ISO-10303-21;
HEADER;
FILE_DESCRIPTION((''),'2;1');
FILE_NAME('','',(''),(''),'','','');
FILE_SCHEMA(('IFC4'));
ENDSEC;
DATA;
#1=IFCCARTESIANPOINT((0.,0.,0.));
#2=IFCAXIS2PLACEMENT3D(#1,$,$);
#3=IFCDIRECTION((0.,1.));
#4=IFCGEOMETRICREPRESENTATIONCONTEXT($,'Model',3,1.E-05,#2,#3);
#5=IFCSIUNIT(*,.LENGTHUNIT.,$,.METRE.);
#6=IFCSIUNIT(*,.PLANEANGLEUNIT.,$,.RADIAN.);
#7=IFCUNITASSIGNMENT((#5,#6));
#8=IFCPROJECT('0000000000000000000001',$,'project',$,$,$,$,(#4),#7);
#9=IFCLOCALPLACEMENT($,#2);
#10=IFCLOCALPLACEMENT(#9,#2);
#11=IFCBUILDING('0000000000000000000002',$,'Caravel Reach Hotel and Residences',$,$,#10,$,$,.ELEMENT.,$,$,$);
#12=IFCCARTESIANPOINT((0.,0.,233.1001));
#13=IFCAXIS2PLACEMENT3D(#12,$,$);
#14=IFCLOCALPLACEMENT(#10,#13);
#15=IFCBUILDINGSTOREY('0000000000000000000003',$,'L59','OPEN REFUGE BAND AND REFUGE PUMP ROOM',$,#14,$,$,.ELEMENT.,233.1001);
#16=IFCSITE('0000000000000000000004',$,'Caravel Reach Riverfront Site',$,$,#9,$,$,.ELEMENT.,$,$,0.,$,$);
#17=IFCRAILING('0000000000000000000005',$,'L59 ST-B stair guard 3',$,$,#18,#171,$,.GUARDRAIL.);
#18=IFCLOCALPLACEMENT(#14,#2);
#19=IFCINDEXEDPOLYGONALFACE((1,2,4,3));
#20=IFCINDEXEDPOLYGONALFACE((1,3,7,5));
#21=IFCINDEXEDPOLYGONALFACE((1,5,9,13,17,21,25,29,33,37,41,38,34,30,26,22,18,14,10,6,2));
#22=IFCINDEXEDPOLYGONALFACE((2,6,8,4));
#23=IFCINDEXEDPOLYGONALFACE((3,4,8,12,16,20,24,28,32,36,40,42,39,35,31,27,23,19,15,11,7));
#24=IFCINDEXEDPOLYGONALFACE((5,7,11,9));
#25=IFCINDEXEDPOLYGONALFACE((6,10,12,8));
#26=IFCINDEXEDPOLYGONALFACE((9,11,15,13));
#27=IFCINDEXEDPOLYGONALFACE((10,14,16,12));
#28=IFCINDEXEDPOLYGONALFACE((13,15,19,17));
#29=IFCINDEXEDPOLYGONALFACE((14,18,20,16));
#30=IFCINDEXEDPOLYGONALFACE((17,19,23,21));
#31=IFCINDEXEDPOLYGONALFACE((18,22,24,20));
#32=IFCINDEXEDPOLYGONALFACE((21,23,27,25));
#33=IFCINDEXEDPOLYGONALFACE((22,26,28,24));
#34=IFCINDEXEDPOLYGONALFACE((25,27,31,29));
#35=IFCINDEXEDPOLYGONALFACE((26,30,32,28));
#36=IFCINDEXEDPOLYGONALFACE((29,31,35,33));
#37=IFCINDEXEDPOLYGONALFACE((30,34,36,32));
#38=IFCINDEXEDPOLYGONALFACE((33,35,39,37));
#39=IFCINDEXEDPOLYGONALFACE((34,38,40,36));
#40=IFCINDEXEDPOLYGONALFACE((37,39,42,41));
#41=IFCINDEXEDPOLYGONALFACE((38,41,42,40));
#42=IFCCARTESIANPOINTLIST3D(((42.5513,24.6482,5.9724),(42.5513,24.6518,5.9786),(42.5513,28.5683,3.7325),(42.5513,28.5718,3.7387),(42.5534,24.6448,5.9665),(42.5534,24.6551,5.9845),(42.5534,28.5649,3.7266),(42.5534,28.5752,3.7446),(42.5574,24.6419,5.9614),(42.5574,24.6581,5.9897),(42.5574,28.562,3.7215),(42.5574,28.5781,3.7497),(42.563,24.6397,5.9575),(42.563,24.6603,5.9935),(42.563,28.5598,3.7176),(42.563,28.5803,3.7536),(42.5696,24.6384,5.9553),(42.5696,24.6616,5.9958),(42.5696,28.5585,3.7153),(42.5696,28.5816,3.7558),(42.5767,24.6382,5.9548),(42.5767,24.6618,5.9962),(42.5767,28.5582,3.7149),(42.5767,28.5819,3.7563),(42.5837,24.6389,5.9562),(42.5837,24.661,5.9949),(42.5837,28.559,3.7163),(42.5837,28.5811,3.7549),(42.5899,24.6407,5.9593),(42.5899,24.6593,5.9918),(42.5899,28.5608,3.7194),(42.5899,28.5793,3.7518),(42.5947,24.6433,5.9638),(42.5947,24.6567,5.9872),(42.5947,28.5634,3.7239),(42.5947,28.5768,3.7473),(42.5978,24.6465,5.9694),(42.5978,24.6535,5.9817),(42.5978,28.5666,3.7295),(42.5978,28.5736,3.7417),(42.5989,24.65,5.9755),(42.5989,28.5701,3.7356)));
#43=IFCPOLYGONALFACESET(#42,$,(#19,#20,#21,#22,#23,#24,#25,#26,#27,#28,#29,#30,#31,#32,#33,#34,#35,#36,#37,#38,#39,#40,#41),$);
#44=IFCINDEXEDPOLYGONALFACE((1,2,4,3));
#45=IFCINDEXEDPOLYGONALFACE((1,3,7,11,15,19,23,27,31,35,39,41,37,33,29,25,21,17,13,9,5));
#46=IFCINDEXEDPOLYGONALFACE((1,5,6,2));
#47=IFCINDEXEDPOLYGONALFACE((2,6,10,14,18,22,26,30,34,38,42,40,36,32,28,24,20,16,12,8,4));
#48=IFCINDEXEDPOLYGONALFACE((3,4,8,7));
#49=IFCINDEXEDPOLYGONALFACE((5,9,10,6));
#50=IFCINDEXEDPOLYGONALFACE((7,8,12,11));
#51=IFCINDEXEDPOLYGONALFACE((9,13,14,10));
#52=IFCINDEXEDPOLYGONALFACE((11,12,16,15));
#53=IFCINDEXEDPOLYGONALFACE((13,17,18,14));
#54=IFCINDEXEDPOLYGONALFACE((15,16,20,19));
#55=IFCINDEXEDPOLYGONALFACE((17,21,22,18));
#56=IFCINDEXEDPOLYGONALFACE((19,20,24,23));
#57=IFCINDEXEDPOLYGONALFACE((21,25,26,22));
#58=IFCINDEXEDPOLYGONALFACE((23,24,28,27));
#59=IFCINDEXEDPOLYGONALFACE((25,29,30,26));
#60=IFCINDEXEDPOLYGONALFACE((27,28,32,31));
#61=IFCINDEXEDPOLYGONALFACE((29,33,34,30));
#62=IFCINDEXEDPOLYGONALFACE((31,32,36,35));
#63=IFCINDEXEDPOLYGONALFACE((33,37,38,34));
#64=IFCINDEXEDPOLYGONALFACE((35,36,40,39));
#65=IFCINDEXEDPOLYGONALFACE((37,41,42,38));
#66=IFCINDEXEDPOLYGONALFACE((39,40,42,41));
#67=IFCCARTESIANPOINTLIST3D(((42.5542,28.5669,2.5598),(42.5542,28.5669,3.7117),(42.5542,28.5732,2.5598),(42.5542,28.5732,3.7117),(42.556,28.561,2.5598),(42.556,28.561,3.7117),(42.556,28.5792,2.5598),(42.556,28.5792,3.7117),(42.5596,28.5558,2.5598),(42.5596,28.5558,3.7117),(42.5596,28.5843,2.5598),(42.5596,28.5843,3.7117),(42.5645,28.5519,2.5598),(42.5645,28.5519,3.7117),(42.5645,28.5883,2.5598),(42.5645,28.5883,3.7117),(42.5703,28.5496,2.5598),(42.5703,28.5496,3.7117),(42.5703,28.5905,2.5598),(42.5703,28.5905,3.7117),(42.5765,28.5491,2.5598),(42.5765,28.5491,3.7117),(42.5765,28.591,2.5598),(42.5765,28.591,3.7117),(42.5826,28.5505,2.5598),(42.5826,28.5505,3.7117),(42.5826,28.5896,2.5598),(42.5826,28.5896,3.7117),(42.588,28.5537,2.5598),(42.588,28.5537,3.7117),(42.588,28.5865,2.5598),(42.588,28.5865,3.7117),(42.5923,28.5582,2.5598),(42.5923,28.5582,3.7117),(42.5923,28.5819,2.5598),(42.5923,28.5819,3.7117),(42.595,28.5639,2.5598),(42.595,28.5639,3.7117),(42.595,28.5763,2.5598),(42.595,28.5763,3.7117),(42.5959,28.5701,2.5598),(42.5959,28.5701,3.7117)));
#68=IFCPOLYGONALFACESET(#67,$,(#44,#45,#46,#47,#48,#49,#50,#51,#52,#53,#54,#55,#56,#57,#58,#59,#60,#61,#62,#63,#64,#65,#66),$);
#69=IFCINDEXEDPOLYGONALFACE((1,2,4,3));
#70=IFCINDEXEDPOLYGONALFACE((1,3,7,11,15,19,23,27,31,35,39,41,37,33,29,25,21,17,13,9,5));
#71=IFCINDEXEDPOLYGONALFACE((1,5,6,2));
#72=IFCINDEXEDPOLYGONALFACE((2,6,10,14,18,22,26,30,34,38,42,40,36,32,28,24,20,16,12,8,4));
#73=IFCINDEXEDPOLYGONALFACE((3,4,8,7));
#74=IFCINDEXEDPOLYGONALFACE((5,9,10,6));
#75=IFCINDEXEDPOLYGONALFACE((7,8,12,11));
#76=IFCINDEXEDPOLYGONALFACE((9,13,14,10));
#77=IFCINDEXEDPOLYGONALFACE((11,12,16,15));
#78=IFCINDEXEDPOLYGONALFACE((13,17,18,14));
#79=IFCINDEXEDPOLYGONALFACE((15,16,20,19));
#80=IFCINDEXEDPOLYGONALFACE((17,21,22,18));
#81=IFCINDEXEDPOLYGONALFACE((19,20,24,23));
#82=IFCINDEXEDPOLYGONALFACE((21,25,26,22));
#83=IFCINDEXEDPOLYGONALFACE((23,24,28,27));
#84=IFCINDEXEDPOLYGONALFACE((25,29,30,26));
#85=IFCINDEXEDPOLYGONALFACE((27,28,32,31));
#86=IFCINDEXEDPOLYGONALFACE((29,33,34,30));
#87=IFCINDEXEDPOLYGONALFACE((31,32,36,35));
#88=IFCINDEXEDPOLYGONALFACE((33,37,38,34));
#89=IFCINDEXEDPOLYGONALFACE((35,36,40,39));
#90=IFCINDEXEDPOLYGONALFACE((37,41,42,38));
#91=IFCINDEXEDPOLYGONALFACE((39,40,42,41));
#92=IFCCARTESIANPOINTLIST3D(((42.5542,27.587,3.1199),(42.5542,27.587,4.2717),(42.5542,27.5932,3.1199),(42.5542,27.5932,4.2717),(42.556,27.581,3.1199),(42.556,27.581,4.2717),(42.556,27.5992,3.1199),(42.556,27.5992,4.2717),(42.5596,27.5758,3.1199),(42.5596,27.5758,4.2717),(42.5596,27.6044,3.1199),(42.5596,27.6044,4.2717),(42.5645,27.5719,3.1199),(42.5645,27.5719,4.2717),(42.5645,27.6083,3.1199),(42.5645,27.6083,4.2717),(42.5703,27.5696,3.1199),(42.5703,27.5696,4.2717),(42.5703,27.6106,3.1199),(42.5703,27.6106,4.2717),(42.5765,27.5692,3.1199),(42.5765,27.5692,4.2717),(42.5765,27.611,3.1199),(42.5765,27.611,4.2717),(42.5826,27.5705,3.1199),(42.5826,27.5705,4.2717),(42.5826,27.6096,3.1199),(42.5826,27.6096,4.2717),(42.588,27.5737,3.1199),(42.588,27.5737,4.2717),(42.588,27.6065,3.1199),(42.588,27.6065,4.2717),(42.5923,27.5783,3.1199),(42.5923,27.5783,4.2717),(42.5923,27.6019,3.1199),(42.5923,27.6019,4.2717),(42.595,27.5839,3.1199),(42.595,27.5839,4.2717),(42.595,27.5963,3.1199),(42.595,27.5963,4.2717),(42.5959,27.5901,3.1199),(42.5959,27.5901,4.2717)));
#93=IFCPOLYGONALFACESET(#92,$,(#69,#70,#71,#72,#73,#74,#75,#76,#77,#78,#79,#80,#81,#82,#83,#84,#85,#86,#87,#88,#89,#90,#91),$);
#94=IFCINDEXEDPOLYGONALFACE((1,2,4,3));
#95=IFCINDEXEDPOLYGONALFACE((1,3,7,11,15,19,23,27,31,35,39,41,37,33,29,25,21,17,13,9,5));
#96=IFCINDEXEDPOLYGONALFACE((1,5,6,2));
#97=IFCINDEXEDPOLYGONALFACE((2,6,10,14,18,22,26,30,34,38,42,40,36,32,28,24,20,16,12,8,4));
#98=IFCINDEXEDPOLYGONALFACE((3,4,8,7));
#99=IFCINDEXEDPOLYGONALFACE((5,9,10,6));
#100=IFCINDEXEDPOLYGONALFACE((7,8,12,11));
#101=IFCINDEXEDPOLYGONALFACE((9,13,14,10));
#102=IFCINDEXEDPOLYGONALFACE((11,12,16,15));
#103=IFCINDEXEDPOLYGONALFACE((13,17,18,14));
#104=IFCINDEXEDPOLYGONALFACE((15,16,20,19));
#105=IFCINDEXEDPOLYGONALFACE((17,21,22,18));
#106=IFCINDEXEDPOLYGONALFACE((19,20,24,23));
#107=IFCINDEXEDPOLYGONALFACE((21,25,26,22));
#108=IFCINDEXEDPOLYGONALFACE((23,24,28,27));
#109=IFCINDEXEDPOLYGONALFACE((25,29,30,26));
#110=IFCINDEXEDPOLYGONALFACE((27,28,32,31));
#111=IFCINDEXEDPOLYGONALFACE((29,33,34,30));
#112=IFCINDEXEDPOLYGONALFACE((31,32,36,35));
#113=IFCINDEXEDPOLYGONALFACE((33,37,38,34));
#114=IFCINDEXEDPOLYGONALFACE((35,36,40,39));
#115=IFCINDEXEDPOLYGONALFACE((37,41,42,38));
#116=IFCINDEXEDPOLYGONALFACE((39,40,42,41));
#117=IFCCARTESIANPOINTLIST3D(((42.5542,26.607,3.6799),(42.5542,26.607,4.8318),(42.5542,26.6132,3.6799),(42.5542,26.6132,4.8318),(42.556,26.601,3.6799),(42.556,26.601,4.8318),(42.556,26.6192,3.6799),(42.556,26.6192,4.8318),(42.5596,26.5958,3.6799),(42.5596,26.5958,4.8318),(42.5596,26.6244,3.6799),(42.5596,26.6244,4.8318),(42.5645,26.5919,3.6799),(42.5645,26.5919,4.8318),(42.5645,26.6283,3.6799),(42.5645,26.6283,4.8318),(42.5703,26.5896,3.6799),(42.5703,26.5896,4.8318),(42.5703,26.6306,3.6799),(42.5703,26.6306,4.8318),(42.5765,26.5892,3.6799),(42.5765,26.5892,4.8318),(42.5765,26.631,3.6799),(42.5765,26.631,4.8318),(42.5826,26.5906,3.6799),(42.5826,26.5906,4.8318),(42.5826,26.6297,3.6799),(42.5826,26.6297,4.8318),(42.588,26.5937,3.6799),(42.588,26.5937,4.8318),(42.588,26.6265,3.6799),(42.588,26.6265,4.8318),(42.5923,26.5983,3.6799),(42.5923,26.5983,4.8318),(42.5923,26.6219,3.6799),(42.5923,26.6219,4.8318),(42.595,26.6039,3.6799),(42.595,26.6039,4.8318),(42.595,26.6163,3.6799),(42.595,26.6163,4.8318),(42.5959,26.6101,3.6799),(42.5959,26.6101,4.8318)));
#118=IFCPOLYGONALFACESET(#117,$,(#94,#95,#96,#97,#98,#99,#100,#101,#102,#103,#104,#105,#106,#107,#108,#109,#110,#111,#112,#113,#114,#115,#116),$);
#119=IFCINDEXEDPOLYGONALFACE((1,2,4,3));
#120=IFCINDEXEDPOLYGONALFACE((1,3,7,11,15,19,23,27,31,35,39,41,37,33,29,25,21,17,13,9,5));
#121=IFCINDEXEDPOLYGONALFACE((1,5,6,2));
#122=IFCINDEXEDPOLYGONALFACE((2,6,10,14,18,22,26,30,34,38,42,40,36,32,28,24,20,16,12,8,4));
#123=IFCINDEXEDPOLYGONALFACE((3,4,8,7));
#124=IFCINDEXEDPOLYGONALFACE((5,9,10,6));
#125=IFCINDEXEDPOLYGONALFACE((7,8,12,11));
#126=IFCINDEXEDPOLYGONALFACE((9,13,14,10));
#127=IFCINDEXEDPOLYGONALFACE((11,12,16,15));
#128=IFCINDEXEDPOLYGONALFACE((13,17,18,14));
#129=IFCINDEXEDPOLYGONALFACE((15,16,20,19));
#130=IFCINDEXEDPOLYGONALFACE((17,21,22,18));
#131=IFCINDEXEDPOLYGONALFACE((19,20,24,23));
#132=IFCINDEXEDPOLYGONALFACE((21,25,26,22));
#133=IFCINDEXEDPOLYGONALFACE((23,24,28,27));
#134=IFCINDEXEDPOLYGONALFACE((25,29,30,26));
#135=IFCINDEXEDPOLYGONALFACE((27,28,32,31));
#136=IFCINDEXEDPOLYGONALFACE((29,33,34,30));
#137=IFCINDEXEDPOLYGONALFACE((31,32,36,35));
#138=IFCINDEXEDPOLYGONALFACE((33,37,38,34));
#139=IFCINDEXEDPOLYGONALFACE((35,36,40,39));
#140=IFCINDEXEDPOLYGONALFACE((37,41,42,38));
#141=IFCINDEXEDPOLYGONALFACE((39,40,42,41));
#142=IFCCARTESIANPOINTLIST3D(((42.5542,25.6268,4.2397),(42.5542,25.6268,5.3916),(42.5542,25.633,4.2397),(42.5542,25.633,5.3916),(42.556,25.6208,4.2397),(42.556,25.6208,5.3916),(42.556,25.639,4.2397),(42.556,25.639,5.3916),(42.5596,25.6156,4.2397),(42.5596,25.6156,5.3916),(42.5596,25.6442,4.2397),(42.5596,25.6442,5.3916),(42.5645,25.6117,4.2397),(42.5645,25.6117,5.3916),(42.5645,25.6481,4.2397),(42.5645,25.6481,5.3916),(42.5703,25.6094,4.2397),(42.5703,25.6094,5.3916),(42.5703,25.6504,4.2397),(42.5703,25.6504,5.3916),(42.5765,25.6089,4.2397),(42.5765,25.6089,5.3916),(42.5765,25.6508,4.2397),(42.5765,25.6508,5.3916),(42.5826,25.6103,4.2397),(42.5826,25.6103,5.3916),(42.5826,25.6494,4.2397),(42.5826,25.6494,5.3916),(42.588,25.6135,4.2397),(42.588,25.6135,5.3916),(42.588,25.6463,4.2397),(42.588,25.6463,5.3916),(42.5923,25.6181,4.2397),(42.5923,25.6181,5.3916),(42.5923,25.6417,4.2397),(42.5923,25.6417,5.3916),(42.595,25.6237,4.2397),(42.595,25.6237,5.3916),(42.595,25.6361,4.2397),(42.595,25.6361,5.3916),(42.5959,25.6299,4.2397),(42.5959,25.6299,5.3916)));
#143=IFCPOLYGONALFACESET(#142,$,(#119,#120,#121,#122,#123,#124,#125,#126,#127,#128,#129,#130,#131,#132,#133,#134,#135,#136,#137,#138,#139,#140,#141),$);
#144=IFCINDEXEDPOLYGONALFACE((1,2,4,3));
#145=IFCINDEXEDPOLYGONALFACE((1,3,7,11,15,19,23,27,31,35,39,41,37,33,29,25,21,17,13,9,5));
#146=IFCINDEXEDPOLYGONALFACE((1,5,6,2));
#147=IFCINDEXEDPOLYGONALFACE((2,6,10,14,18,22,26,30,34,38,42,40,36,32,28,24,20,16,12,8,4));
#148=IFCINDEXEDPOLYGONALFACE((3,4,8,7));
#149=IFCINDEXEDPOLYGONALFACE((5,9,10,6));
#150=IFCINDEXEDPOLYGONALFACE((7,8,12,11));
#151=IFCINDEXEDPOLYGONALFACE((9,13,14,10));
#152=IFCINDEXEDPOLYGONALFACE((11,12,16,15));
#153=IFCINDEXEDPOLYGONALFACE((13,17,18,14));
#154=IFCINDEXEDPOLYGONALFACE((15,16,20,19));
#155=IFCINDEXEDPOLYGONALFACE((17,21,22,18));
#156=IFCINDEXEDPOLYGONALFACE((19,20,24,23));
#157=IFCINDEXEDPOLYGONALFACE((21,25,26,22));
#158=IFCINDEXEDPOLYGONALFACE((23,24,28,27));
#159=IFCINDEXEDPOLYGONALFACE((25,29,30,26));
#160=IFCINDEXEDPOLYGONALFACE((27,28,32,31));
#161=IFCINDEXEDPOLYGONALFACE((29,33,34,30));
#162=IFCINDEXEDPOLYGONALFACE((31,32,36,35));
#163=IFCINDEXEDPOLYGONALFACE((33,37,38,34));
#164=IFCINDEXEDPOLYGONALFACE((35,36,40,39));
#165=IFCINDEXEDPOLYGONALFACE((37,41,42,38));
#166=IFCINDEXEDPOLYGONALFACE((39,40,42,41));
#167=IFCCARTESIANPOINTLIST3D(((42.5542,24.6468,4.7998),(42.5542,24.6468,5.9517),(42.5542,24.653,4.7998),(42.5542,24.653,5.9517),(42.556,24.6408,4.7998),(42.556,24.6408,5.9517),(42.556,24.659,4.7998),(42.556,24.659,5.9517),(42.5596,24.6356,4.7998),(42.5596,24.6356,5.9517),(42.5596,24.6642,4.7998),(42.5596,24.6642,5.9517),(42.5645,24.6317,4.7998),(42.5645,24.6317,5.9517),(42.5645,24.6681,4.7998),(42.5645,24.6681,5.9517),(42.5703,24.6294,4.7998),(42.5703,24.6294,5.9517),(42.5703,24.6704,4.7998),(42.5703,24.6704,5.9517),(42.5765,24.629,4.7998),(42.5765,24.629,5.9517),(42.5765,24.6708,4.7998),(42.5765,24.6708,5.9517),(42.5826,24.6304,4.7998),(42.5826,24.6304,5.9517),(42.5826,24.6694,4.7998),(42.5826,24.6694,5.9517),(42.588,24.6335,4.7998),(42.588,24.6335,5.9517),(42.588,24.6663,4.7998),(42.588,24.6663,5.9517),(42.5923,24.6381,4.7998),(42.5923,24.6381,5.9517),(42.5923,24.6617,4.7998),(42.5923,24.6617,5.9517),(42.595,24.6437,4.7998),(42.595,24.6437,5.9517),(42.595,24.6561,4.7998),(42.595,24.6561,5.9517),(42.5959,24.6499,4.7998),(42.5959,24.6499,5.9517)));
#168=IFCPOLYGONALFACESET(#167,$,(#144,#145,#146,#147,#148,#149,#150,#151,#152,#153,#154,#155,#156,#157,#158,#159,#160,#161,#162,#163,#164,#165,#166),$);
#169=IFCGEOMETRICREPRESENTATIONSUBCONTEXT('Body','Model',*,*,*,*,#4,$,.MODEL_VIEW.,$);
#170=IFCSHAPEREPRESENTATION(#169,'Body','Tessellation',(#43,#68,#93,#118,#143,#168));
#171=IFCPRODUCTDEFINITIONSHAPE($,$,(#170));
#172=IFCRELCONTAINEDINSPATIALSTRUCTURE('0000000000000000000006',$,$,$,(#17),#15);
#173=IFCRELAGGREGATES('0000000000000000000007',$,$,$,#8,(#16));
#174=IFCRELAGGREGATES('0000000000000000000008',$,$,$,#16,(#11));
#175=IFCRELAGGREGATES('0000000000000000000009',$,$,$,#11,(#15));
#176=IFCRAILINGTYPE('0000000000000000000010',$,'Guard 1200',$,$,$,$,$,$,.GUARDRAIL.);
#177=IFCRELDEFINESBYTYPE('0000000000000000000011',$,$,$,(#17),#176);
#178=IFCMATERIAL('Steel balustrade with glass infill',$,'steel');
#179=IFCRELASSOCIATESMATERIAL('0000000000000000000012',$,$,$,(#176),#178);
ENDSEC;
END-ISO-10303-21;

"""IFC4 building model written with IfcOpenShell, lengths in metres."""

from ifc_helpers import new_model, si_unit, direction, frame, origin, origin_2d, place, context, subcontext, project, spatial, circle, extrude, material, type_object, element, save


model = new_model("IFC4")

# Units and contexts
model_context = context("Model", 3, precision=1e-05, world=origin(), true_north=direction((0.0, 1.0)))
body_context = subcontext(model_context, "Body", "Model", "MODEL_VIEW")
ifc_project = project(units=[si_unit("LENGTHUNIT", "METRE"), si_unit("PLANEANGLEUNIT", "RADIAN")], contexts=[model_context])

# Site, building, storey
site_placement = place(None, origin())
site = spatial("IfcSite", under=ifc_project, at=site_placement, Name="Caravel Reach Riverfront Site", CompositionType="ELEMENT", RefElevation=0.0)
building_placement = place(site_placement, origin())
building = spatial("IfcBuilding", under=site, at=building_placement, Name="Caravel Reach Hotel and Residences", CompositionType="ELEMENT")
storey_placement = place(building_placement, frame((0.0, 0.0, 233.1001)))
storey = spatial("IfcBuildingStorey", under=building, at=storey_placement, Name="L59", Description="OPEN REFUGE BAND AND REFUGE PUMP ROOM", CompositionType="ELEMENT", Elevation=233.1001)

# Railing
ifc_material_1 = material(Name="Steel balustrade with glass infill", Category="steel")
railing_type_1 = type_object("IfcRailingType", Name="Guard 1200", PredefinedType="GUARDRAIL", material=ifc_material_1)
railing_1_placement = place(storey_placement, frame((42.575, 28.5701, 2.5598)))
element("IfcRailing", 1, at=railing_1_placement, inside=storey, type_object=railing_type_1, Name="L59 ST-B stair guard 3", PredefinedType="GUARDRAIL", context=body_context, shape_type="SweptSolid", body=[
    extrude(circle(Radius=0.0239, at=origin_2d()), frame((0.0, 0.0, 1.1758), z_axis=(0.0, -0.868253, 0.496121), x_axis=(1.0, 0.0, 0.0)), (0.0, 0.0, 1.0), 4.5149),
    extrude(circle(Radius=0.021, at=origin_2d()), origin(), (0.0, 0.0, 1.0), 1.1519),
    extrude(circle(Radius=0.021, at=origin_2d()), frame((0.0, -0.98, 0.5601)), (0.0, 0.0, 1.0), 1.1519),
    extrude(circle(Radius=0.021, at=origin_2d()), frame((0.0, -1.96, 1.1201)), (0.0, 0.0, 1.0), 1.1519),
    extrude(circle(Radius=0.021, at=origin_2d()), frame((0.0, -2.9402, 1.6799)), (0.0, 0.0, 1.0), 1.1519),
    extrude(circle(Radius=0.021, at=origin_2d()), frame((0.0, -3.9202, 2.24)), (0.0, 0.0, 1.0), 1.1519),
])

save(model, "model.ifc")
